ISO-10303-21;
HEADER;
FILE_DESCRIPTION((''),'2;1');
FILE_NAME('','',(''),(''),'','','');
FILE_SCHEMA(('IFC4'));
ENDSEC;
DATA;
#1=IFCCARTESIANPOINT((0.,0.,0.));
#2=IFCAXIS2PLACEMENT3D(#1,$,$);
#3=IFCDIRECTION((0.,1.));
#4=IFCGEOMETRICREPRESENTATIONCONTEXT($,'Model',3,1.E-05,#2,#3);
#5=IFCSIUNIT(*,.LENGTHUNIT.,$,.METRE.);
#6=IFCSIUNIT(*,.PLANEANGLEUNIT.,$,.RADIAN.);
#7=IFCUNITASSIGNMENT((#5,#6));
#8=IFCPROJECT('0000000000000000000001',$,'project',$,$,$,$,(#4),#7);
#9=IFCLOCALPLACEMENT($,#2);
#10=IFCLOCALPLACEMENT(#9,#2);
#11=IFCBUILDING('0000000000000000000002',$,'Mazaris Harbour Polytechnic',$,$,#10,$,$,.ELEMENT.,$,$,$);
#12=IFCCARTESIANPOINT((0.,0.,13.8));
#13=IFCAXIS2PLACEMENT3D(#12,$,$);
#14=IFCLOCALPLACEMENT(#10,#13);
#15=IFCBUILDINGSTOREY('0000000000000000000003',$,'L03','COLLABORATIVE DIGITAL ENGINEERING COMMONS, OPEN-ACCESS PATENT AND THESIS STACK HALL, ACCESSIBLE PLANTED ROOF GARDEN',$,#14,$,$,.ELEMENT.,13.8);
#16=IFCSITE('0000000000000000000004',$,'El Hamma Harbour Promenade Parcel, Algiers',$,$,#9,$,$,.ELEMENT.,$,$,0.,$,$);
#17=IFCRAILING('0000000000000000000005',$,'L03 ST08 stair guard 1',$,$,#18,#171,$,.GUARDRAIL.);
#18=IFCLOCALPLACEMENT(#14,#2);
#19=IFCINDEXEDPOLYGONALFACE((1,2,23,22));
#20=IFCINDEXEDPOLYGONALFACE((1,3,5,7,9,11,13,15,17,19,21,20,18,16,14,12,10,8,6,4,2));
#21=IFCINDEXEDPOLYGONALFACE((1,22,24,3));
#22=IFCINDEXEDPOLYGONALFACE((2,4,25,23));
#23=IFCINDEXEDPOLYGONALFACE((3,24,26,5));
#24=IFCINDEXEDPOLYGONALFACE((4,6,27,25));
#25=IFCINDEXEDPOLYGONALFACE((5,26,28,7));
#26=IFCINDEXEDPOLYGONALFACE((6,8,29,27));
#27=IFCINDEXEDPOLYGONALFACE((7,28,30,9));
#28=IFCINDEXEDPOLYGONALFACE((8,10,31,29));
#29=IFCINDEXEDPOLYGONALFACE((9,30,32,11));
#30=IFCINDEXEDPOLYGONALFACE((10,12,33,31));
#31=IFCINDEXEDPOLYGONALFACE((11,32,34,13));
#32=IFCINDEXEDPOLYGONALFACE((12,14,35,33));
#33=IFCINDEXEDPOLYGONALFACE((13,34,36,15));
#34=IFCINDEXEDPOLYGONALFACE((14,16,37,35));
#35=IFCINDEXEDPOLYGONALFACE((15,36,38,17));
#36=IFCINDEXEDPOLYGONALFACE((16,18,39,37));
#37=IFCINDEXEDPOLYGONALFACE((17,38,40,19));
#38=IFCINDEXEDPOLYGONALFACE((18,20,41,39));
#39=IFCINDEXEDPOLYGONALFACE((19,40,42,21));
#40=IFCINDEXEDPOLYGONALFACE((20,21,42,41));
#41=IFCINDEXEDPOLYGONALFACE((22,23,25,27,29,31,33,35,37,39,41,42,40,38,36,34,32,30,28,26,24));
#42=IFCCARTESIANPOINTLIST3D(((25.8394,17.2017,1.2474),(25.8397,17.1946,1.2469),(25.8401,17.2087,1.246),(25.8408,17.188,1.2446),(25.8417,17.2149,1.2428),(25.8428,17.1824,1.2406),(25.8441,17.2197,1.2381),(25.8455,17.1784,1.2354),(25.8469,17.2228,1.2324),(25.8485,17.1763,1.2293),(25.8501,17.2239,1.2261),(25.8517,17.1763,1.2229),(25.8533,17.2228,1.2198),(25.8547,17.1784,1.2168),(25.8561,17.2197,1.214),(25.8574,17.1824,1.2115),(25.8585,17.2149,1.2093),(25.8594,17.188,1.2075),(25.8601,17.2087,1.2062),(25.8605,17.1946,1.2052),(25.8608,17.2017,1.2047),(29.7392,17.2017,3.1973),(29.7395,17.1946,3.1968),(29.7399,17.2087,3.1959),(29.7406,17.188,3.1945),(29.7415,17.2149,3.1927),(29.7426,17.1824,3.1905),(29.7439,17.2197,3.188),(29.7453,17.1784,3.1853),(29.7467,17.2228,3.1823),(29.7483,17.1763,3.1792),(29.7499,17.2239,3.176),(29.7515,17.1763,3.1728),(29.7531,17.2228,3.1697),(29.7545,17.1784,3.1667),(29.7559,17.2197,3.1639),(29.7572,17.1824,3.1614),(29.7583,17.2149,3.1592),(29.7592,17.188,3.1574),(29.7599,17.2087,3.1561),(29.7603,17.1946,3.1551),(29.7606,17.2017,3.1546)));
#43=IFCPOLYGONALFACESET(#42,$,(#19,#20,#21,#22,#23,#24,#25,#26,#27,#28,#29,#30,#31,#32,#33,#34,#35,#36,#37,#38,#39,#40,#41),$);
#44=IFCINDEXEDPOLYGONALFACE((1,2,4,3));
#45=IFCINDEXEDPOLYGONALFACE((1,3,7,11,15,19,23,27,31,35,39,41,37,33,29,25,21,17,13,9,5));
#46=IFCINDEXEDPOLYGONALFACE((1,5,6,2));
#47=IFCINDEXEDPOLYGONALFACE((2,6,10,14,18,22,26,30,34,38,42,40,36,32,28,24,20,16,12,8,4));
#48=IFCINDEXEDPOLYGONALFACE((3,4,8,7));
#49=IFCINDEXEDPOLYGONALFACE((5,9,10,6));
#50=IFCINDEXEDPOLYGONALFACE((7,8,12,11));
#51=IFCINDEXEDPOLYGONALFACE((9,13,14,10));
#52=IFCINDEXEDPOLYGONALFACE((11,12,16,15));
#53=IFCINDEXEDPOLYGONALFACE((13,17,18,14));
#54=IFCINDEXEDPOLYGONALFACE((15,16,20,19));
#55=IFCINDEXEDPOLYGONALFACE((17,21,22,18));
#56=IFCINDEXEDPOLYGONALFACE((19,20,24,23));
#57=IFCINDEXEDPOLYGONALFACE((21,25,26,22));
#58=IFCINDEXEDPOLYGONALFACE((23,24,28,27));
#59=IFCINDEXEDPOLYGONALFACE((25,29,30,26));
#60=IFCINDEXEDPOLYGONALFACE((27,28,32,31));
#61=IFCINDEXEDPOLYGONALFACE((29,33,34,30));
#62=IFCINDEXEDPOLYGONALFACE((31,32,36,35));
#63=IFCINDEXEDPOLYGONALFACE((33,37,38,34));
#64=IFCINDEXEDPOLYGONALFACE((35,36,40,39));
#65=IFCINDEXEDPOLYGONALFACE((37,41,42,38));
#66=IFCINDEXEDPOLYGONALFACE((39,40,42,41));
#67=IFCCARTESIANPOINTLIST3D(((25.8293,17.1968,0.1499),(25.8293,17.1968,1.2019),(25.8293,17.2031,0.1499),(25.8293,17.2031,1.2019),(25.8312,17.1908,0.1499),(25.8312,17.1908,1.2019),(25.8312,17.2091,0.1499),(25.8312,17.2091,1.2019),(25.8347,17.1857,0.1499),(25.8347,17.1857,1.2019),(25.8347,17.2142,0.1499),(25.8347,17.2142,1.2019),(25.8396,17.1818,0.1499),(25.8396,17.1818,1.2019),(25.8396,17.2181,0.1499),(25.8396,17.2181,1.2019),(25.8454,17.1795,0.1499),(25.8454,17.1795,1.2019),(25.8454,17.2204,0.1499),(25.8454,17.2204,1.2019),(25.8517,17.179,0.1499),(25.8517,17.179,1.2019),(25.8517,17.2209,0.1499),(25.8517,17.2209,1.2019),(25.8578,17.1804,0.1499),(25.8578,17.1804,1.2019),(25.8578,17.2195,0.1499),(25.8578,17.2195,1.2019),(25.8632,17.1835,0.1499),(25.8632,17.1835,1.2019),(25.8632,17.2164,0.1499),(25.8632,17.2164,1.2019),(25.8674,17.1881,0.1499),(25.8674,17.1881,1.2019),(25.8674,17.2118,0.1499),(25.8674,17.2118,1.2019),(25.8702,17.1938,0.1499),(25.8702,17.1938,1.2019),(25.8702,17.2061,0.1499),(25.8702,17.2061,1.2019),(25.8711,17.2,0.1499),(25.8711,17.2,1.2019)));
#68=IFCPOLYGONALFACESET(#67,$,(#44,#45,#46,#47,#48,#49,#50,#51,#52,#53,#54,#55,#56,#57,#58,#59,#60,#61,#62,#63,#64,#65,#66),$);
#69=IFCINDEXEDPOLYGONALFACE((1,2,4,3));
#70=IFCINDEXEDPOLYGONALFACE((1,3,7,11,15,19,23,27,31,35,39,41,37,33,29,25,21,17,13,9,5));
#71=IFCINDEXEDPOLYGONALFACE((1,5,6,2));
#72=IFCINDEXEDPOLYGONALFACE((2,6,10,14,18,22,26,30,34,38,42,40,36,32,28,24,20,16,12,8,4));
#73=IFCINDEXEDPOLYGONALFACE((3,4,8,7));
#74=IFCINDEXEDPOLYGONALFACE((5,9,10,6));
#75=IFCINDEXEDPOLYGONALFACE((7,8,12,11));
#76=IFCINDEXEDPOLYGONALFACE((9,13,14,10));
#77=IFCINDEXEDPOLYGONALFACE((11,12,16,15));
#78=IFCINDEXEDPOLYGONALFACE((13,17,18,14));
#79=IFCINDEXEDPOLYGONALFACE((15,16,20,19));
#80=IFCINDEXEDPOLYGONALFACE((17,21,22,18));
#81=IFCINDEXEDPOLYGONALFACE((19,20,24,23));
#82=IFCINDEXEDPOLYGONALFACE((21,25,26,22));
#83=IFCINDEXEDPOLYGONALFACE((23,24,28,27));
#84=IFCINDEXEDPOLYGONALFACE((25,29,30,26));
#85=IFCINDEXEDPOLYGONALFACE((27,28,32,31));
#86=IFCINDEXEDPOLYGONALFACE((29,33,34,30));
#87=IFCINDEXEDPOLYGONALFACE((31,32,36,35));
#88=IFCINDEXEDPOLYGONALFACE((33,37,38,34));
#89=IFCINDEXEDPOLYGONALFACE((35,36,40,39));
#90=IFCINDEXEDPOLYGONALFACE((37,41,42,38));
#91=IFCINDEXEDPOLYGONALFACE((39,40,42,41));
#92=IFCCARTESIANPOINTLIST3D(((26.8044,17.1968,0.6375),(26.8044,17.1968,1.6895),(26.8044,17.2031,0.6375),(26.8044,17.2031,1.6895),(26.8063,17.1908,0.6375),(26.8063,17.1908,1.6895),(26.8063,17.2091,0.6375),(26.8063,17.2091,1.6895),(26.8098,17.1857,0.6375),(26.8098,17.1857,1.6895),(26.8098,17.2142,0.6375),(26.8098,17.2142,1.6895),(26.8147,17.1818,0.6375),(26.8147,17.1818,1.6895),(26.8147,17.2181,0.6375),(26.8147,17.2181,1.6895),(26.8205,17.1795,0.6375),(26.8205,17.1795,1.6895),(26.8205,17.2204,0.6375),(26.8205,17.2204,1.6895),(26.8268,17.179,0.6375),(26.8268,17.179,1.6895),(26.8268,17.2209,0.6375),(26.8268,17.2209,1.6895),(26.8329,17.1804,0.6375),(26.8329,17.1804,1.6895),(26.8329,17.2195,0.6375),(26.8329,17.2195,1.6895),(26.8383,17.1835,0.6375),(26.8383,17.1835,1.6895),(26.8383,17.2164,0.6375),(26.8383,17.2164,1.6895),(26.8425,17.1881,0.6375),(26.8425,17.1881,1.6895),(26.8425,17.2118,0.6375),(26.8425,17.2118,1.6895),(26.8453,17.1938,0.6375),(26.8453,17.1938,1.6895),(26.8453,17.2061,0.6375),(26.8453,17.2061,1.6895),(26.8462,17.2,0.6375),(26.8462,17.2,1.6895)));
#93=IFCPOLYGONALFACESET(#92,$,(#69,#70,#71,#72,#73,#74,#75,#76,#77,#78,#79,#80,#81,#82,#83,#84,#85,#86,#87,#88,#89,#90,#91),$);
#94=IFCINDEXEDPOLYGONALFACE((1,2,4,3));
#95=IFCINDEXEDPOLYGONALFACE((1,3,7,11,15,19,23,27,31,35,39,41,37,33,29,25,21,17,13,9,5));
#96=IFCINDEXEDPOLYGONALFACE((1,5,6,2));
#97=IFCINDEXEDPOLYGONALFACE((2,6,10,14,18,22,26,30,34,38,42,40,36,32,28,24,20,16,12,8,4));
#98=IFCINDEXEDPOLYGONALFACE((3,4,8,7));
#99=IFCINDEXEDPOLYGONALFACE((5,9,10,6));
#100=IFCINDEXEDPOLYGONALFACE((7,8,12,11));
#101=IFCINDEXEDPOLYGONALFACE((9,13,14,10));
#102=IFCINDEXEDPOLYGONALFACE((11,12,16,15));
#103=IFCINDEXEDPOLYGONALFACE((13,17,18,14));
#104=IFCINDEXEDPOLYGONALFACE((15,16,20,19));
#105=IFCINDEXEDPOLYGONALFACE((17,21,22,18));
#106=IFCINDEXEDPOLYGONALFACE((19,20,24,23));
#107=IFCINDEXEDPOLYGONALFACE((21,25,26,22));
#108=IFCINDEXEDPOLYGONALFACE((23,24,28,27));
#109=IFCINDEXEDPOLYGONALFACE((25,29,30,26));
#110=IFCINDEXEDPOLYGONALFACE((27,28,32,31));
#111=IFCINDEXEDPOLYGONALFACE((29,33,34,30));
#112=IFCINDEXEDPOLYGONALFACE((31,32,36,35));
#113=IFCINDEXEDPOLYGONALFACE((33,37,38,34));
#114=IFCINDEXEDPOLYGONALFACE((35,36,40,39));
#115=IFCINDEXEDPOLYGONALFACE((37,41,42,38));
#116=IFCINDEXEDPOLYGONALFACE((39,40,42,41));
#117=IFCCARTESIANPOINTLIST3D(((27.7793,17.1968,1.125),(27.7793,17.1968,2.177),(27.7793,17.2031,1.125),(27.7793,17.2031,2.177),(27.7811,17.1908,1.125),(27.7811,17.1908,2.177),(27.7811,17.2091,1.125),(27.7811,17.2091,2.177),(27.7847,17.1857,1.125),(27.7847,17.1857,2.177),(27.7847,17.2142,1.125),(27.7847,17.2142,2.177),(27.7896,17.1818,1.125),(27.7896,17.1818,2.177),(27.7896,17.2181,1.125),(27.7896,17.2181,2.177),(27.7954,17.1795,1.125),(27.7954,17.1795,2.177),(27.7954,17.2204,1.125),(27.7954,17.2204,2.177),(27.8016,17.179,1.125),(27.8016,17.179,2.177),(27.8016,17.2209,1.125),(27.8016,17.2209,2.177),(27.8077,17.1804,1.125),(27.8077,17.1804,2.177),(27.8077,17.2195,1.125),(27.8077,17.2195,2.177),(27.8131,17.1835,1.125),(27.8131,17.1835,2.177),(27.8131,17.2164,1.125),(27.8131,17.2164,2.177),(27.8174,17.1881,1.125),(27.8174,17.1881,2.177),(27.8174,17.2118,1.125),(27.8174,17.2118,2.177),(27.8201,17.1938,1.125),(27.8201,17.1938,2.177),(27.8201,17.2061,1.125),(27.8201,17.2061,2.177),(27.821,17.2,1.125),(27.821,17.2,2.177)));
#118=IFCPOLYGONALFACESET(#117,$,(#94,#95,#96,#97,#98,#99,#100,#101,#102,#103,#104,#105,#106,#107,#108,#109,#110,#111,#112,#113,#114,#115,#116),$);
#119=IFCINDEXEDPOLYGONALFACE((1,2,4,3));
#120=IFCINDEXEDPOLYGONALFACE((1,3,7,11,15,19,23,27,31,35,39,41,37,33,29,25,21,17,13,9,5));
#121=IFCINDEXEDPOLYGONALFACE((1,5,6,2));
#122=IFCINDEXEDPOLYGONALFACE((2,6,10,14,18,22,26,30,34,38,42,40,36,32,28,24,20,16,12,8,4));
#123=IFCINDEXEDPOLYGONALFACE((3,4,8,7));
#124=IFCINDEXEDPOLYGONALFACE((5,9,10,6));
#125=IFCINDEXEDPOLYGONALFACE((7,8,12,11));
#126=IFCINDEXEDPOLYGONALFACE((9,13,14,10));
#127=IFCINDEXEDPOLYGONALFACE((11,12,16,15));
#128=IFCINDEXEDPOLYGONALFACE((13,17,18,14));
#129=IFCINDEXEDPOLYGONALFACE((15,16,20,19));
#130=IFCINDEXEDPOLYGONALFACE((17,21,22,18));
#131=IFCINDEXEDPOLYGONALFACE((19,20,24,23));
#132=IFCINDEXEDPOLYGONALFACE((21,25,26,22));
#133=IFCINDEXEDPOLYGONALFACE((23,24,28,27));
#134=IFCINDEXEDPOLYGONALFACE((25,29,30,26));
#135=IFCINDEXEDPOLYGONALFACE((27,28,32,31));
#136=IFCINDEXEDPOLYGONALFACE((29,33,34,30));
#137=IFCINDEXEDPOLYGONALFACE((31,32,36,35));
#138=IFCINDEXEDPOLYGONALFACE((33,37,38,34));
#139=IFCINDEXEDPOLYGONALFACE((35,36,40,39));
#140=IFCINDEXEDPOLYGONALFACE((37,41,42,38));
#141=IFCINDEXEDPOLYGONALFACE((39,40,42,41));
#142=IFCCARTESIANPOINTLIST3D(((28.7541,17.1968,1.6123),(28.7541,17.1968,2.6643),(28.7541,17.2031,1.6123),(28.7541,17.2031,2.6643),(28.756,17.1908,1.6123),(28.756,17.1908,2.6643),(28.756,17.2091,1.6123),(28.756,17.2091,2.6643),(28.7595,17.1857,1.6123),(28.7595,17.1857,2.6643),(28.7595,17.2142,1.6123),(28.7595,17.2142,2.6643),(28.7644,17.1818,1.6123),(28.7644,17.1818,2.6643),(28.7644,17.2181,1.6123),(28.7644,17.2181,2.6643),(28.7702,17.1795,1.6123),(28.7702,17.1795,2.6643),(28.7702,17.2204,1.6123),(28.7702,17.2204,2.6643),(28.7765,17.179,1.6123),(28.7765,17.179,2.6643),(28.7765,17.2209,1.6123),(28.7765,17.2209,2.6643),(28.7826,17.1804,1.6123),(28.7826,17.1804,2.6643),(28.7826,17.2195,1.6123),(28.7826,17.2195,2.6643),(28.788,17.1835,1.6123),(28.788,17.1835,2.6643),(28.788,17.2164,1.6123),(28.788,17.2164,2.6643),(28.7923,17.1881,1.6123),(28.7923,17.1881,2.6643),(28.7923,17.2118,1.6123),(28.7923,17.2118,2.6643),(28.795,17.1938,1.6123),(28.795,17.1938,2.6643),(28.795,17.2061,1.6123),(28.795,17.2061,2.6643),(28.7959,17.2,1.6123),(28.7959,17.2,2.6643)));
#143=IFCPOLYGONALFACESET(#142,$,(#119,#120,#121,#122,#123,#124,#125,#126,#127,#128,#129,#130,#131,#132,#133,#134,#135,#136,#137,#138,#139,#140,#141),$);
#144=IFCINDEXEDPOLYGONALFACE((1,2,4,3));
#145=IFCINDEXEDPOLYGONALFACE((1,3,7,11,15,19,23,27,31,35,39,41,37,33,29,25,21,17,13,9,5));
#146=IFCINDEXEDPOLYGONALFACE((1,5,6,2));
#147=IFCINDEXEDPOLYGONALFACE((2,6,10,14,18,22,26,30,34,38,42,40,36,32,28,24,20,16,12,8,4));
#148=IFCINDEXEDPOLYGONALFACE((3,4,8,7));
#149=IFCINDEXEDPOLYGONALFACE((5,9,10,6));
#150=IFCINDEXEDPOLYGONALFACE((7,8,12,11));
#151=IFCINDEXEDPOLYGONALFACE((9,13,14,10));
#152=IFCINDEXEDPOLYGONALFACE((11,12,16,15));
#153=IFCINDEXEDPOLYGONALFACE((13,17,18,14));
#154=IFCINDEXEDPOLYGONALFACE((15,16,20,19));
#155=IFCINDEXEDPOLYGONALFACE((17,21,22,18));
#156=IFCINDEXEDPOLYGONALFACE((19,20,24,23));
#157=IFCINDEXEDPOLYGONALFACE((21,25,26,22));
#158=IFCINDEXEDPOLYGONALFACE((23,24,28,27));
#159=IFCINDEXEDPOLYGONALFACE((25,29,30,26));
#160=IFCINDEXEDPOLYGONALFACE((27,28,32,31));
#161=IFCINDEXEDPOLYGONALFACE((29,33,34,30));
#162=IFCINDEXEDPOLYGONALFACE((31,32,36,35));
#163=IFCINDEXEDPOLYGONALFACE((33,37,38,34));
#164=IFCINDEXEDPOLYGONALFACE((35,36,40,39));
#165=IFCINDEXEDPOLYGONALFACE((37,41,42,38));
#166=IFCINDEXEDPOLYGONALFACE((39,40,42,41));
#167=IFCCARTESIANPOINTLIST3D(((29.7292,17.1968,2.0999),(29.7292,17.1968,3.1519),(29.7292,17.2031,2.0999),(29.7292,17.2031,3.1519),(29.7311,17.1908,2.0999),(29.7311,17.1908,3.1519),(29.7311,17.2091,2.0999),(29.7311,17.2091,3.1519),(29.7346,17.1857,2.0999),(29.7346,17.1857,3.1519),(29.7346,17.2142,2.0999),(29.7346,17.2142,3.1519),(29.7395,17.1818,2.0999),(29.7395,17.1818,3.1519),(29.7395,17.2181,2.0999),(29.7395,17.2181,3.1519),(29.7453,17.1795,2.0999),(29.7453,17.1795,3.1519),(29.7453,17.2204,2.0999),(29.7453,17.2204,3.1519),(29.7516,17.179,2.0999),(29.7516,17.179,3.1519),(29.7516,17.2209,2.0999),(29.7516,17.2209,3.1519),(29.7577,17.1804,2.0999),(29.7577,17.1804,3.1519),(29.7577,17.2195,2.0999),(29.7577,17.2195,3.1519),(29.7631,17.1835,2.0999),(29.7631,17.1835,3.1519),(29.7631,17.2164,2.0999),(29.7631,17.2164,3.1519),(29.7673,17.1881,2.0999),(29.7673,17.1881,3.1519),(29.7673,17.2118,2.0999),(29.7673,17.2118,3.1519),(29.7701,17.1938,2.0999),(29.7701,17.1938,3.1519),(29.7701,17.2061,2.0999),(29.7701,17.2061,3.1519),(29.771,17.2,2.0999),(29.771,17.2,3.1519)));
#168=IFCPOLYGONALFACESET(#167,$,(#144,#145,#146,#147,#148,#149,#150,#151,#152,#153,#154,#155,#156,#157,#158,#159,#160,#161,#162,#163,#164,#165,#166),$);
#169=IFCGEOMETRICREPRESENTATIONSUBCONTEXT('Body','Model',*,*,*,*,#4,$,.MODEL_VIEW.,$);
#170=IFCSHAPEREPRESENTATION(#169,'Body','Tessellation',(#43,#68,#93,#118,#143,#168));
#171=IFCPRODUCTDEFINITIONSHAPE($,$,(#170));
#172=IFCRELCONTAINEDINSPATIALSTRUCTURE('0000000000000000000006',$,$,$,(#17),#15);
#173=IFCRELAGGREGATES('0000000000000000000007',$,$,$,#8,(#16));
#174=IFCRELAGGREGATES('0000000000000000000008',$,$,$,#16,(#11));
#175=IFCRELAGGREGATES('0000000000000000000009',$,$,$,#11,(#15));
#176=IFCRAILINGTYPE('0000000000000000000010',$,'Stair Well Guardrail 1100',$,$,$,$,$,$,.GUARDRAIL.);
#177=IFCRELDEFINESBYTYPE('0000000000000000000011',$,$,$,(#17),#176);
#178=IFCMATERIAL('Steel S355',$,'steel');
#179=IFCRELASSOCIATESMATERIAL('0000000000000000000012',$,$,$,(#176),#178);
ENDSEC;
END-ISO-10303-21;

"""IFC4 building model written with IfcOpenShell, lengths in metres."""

from ifc_helpers import new_model, si_unit, direction, frame, origin, origin_2d, place, context, subcontext, project, spatial, circle, extrude, material, type_object, element, save


model = new_model("IFC4")

# Units and contexts
model_context = context("Model", 3, precision=1e-05, world=origin(), true_north=direction((0.0, 1.0)))
body_context = subcontext(model_context, "Body", "Model", "MODEL_VIEW")
ifc_project = project(units=[si_unit("LENGTHUNIT", "METRE"), si_unit("PLANEANGLEUNIT", "RADIAN")], contexts=[model_context])

# Site, building, storey
site_placement = place(None, origin())
site = spatial("IfcSite", under=ifc_project, at=site_placement, Name="El Hamma Harbour Promenade Parcel, Algiers", CompositionType="ELEMENT", RefElevation=0.0)
building_placement = place(site_placement, origin())
building = spatial("IfcBuilding", under=site, at=building_placement, Name="Mazaris Harbour Polytechnic", CompositionType="ELEMENT")
storey_placement = place(building_placement, frame((0.0, 0.0, 13.8)))
storey = spatial("IfcBuildingStorey", under=building, at=storey_placement, Name="L03", Description="COLLABORATIVE DIGITAL ENGINEERING COMMONS, OPEN-ACCESS PATENT AND THESIS STACK HALL, ACCESSIBLE PLANTED ROOF GARDEN", CompositionType="ELEMENT", Elevation=13.8)

# Railing
ifc_material_1 = material(Name="Steel S355", Category="steel")
railing_type_1 = type_object("IfcRailingType", Name="Stair Well Guardrail 1100", PredefinedType="GUARDRAIL", material=ifc_material_1)
railing_1_placement = place(storey_placement, frame((25.8501, 17.2, 0.1499)))
element("IfcRailing", 1, at=railing_1_placement, inside=storey, type_object=railing_type_1, Name="L03 ST08 stair guard 1", PredefinedType="GUARDRAIL", context=body_context, shape_type="SweptSolid", body=[
    extrude(circle(Radius=0.0239, at=origin_2d()), frame((0.0, 0.0, 1.0762), z_axis=(0.894427, 0.0, 0.447214), x_axis=(0.0, 1.0, 0.0)), (0.0, 0.0, 1.0), 4.3601),
    extrude(circle(Radius=0.021, at=origin_2d()), origin(), (0.0, 0.0, 1.0), 1.052),
    extrude(circle(Radius=0.021, at=origin_2d()), frame((0.9751, 0.0, 0.4875)), (0.0, 0.0, 1.0), 1.052),
    extrude(circle(Radius=0.021, at=origin_2d()), frame((1.95, 0.0, 0.9751)), (0.0, 0.0, 1.0), 1.052),
    extrude(circle(Radius=0.021, at=origin_2d()), frame((2.9248, 0.0, 1.4624)), (0.0, 0.0, 1.0), 1.052),
    extrude(circle(Radius=0.021, at=origin_2d()), frame((3.8999, 0.0, 1.95)), (0.0, 0.0, 1.0), 1.052),
])

save(model, "model.ifc")
